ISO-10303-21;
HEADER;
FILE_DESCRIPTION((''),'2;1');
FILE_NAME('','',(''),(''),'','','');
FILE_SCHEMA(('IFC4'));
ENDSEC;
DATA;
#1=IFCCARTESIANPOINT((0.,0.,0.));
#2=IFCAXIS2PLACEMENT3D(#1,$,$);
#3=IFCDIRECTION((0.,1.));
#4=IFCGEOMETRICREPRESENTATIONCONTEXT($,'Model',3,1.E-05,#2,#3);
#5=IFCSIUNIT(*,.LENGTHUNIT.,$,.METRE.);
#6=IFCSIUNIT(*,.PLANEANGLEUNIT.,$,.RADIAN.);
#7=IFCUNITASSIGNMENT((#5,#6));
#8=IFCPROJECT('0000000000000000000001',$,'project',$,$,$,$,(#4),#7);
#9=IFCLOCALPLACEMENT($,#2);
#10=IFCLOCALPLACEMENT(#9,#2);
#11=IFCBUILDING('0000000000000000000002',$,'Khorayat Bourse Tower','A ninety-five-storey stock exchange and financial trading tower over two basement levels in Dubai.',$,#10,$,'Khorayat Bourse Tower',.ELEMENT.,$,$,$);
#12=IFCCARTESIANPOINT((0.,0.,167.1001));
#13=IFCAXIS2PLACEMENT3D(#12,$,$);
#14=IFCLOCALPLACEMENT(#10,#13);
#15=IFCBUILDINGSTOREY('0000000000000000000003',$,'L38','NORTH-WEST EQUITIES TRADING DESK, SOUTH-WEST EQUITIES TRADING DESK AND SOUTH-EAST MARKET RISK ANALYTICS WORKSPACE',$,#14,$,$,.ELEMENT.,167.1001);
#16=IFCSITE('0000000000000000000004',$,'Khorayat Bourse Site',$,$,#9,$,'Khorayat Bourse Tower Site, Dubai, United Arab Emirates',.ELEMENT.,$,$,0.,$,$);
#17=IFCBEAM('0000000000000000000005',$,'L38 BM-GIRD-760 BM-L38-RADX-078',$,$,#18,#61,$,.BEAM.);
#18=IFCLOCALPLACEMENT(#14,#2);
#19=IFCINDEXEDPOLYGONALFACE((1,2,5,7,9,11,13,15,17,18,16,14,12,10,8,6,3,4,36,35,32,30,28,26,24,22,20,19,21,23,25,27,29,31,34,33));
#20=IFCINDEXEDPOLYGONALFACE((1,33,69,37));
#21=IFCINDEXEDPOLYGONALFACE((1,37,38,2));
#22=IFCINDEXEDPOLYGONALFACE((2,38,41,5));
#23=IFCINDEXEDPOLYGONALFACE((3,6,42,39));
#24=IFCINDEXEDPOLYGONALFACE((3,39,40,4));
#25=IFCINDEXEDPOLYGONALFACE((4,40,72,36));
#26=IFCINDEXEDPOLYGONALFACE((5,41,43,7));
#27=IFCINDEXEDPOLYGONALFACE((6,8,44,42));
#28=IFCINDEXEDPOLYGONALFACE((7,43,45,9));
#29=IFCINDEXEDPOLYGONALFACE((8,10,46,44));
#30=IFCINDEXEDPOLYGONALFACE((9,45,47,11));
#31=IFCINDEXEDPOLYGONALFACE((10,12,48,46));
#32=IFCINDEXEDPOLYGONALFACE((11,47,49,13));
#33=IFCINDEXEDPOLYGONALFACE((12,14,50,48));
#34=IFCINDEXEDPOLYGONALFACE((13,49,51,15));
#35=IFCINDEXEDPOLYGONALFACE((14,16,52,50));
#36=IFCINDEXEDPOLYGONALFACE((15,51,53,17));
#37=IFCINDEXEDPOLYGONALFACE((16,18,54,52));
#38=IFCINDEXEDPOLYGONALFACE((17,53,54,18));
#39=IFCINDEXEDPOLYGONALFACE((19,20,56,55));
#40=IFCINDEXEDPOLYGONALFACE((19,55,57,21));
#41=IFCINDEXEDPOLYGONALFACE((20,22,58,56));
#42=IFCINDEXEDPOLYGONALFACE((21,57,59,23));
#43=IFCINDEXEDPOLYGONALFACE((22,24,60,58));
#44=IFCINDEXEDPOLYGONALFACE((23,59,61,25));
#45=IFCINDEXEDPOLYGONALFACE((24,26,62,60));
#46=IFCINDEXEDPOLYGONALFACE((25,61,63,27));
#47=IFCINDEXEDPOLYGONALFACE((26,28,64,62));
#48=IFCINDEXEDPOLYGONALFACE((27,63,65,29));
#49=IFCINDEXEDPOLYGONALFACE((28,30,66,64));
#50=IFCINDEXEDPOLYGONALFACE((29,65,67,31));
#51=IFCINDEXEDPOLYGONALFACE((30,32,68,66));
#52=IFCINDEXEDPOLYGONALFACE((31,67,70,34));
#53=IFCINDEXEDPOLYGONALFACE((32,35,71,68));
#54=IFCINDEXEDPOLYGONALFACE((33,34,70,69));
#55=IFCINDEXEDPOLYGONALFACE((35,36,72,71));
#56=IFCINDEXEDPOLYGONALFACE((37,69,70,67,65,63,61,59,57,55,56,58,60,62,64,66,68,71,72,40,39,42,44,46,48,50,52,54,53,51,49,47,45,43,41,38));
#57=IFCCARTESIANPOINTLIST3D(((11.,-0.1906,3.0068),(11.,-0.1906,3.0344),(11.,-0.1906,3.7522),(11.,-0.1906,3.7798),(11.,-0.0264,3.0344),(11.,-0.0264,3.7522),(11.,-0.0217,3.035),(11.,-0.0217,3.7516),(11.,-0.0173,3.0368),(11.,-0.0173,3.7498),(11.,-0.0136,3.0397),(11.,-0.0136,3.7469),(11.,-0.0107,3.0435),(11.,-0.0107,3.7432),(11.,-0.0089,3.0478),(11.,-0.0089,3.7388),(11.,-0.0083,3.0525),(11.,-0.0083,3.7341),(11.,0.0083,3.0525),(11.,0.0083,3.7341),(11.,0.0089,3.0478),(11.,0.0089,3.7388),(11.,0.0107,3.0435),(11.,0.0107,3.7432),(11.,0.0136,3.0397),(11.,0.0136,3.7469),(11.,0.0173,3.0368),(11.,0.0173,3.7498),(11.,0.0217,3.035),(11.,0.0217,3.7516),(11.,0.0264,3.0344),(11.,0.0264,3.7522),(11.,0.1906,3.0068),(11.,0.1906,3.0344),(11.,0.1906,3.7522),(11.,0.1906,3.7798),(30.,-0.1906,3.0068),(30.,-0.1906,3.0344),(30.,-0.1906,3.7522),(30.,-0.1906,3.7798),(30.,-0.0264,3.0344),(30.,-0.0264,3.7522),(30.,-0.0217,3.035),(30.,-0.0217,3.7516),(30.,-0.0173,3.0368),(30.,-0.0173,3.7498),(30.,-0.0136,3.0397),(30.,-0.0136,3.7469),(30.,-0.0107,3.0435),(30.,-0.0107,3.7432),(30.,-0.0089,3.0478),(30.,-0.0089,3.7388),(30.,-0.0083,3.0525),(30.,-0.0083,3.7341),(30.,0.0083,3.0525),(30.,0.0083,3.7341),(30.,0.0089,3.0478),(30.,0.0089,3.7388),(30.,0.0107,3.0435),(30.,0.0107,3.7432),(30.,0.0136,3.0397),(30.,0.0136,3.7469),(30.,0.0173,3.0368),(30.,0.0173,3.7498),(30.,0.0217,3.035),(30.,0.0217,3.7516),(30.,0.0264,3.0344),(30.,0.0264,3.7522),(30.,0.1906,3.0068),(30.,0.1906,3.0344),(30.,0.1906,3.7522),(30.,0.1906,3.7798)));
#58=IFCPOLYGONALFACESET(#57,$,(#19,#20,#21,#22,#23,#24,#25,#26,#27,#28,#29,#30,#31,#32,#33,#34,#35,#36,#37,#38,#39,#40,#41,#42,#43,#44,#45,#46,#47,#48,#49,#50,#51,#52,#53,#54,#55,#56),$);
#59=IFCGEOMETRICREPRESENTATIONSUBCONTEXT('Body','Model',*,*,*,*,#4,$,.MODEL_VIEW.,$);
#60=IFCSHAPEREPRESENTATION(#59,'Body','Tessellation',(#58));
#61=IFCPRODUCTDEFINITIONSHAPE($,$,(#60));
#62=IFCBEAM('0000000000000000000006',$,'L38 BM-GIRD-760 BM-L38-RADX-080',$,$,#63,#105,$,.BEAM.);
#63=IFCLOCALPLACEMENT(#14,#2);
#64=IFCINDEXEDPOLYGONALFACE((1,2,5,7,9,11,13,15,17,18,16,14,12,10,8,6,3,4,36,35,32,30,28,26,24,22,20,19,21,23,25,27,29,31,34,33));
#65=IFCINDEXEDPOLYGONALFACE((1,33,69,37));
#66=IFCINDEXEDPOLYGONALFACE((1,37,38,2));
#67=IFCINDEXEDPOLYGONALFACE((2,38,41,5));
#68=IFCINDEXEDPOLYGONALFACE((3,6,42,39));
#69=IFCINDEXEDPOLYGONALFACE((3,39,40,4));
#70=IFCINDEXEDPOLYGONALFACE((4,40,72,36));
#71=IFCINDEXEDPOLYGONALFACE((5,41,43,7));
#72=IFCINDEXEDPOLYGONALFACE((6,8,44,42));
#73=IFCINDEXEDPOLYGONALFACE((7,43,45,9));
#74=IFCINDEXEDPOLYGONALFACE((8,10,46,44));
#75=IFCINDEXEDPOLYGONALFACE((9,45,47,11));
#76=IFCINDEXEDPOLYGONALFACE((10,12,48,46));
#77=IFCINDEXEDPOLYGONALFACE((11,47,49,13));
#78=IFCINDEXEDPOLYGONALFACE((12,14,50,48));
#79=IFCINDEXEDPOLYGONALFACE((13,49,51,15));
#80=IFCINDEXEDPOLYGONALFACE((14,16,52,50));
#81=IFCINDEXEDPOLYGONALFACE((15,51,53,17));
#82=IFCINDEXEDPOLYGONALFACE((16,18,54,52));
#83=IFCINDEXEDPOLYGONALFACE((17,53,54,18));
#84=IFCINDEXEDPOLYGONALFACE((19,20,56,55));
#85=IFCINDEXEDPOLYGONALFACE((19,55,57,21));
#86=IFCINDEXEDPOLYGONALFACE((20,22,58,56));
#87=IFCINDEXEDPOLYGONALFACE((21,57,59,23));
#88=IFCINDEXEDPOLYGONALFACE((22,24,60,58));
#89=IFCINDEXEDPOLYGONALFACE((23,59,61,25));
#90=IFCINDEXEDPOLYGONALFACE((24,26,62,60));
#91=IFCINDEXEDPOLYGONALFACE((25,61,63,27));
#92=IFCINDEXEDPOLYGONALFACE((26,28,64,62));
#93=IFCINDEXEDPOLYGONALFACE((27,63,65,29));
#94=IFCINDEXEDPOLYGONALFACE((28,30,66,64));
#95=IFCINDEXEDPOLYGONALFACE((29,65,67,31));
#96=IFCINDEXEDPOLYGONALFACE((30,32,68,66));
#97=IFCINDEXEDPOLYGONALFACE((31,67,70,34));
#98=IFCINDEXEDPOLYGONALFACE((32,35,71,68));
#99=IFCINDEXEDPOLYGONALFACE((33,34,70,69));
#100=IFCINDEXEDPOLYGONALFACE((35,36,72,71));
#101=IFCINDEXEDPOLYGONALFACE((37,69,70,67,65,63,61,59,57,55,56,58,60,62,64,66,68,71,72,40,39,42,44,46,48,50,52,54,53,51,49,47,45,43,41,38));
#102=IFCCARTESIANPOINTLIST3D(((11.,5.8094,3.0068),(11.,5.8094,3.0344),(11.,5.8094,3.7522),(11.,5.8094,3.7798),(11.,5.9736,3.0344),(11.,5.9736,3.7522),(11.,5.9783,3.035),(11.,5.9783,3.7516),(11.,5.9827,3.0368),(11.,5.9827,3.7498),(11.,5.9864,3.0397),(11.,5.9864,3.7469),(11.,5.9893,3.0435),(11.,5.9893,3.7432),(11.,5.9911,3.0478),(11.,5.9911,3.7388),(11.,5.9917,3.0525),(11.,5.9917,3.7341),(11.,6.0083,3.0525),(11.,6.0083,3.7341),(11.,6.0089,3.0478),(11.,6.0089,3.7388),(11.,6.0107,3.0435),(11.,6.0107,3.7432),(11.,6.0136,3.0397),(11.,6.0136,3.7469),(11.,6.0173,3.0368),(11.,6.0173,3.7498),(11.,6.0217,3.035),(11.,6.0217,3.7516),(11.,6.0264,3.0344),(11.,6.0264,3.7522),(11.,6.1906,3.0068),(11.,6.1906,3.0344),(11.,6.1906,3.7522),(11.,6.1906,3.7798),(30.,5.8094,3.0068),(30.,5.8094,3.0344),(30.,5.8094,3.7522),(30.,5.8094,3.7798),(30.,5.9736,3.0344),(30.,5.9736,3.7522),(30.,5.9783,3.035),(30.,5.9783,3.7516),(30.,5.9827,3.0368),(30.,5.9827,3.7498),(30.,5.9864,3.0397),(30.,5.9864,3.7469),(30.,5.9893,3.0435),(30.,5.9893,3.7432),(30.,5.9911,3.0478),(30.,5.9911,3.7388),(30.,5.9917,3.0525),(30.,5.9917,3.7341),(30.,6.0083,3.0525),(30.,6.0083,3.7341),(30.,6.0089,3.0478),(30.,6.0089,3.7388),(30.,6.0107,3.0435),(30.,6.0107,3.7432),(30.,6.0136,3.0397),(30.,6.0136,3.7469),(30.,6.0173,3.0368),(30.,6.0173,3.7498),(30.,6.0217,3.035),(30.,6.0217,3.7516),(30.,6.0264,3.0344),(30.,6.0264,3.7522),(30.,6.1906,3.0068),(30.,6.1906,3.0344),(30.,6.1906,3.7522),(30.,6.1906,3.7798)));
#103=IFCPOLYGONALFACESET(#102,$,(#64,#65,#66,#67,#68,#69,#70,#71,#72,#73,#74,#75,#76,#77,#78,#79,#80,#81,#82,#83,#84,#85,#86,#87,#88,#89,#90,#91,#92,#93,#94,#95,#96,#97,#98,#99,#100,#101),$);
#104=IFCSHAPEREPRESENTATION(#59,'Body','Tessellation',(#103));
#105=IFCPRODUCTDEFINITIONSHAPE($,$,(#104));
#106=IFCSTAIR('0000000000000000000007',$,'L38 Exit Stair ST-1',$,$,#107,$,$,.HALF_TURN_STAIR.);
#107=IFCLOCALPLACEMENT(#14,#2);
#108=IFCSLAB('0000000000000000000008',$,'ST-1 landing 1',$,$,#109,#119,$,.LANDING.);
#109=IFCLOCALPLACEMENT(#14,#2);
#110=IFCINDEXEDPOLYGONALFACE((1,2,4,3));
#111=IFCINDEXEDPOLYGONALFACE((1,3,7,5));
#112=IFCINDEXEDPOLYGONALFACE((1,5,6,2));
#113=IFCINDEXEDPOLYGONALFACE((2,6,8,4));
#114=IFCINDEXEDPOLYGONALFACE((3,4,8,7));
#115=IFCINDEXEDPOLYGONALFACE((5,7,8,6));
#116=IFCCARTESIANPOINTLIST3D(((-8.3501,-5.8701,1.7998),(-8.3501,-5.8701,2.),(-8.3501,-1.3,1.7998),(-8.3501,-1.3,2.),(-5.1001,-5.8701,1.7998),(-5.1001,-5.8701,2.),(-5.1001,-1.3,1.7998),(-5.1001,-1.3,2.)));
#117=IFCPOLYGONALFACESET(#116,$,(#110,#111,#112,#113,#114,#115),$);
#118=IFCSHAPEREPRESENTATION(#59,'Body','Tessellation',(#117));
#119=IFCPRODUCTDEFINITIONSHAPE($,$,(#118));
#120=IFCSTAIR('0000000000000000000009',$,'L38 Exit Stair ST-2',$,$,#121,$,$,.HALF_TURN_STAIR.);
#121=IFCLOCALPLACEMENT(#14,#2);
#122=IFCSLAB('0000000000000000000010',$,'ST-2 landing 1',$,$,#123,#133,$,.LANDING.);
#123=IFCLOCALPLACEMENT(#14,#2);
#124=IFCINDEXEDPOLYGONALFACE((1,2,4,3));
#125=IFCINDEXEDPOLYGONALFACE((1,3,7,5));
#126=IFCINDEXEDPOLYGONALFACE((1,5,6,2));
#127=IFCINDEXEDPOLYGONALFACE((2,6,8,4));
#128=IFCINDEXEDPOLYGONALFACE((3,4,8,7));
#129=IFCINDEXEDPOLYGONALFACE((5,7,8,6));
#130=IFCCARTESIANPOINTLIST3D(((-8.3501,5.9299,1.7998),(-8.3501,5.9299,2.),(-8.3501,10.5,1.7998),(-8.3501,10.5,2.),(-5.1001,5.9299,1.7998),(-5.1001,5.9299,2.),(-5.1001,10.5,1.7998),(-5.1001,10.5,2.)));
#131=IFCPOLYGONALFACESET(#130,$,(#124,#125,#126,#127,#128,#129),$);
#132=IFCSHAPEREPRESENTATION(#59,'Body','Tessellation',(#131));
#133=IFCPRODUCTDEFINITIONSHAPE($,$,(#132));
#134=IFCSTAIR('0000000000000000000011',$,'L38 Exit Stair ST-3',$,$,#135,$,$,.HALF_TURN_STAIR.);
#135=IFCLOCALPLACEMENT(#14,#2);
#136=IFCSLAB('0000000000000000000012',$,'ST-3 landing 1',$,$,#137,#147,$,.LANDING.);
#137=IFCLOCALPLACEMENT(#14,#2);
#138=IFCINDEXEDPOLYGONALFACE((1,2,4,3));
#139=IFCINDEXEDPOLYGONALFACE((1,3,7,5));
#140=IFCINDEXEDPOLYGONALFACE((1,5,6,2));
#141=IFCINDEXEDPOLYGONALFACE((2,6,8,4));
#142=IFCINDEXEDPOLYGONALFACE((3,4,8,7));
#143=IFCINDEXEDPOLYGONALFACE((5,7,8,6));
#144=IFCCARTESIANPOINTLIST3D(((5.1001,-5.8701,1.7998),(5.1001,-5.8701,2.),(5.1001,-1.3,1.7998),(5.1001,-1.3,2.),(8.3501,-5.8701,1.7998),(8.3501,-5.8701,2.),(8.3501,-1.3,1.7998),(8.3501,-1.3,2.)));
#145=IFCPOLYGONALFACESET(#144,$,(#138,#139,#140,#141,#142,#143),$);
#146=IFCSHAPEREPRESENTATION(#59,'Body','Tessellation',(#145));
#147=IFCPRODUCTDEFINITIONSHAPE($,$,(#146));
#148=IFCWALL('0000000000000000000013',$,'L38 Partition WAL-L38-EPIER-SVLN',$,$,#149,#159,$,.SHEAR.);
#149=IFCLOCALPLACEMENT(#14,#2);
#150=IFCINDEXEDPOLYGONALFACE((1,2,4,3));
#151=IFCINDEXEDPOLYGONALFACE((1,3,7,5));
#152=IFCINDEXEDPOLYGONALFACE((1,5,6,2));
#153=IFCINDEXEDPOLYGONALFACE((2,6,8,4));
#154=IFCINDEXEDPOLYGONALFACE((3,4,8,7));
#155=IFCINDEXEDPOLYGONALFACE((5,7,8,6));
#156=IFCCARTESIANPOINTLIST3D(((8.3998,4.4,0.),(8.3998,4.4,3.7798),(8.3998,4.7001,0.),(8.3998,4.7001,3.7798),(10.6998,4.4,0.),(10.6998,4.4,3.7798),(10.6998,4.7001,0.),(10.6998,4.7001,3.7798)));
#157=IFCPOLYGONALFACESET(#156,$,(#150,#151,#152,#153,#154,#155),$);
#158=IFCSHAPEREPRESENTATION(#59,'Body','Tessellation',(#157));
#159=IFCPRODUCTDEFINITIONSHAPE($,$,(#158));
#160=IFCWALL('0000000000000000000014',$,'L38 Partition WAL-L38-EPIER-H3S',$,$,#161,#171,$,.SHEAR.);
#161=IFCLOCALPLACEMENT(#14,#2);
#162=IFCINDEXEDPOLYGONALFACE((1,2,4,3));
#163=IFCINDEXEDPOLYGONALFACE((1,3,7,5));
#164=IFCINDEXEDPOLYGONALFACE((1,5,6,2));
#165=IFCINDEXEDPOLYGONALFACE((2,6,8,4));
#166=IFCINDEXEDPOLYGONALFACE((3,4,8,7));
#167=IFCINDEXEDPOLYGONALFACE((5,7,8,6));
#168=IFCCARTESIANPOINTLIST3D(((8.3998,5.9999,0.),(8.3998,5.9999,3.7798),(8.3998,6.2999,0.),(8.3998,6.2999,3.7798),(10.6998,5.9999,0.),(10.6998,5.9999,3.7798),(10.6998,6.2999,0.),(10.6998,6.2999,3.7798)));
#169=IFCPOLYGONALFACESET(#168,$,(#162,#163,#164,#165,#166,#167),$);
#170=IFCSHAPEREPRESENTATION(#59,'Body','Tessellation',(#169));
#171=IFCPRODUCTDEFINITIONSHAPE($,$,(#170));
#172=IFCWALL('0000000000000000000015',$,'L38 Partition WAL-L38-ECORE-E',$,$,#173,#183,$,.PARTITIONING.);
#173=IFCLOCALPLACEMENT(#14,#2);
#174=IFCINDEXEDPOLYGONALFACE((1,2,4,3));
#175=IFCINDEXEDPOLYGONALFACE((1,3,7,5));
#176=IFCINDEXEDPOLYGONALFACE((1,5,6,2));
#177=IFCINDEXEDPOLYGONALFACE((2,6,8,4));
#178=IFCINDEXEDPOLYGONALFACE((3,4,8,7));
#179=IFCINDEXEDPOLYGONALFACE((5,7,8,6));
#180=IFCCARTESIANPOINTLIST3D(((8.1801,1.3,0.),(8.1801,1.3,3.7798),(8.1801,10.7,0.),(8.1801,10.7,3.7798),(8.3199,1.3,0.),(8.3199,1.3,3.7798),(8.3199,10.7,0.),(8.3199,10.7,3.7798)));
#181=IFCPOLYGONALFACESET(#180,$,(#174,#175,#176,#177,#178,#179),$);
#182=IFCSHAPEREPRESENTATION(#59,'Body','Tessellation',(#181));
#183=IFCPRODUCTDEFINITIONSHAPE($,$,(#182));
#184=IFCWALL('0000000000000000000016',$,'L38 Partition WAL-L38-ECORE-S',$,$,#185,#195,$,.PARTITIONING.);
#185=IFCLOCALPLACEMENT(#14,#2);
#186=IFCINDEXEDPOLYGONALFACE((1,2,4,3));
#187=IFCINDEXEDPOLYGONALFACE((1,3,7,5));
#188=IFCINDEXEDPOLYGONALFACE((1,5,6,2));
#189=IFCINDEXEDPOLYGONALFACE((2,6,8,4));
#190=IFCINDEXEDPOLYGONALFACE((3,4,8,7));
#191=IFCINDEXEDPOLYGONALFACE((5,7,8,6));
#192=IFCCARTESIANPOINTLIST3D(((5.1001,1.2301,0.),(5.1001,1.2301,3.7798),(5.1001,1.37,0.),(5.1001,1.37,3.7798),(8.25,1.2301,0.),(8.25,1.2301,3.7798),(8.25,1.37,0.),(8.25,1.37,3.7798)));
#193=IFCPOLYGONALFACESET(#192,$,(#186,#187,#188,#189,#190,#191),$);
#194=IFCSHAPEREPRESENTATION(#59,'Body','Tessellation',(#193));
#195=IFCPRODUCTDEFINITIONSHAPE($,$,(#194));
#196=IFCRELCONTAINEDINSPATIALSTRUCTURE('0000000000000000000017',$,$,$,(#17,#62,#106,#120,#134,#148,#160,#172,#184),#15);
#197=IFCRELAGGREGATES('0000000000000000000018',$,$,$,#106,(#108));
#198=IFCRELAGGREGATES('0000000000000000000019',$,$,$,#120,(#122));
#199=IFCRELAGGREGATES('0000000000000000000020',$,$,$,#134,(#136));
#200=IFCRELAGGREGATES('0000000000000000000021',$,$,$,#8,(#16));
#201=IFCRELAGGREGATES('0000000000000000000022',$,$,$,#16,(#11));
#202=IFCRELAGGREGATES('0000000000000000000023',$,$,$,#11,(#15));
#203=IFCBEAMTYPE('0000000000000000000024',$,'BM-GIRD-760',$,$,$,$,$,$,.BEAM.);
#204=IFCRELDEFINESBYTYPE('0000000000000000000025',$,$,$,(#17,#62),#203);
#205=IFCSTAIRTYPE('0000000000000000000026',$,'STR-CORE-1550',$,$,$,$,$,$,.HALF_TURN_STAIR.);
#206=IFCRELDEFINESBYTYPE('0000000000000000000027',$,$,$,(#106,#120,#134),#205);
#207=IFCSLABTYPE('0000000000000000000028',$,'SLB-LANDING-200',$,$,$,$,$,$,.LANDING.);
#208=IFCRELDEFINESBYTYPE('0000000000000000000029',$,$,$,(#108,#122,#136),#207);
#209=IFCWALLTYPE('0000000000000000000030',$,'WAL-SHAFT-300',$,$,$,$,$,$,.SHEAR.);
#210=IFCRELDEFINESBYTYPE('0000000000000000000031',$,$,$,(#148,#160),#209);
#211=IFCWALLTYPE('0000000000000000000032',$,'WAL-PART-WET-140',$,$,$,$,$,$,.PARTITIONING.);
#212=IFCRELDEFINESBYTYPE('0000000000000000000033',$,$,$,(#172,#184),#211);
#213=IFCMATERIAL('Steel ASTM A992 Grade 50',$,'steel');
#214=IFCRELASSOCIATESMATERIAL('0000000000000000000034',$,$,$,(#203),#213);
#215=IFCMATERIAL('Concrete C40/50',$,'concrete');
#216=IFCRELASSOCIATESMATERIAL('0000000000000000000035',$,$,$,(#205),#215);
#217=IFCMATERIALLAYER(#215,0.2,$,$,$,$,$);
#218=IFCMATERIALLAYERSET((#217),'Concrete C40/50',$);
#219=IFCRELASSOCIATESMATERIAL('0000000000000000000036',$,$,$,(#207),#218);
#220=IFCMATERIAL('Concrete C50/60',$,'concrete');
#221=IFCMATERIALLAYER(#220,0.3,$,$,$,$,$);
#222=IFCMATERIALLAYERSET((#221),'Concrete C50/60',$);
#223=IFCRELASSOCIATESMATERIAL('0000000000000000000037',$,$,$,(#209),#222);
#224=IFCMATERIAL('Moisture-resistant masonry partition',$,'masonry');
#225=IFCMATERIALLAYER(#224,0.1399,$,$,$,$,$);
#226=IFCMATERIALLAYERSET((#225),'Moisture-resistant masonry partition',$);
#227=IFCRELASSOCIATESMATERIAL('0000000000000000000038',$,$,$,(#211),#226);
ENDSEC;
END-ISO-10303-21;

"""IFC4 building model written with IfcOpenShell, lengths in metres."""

from ifc_helpers import new_model, si_unit, direction, frame, frame_2d, origin, origin_2d, place, context, subcontext, project, spatial, polyline, rectangle, i_section, outline, extrude, source, transform, mapped, material, layer, layer_set, material_profile, profile_set, type_object, element, aggregate, save


model = new_model("IFC4")

# Units and contexts
model_context = context("Model", 3, precision=1e-05, world=origin(), true_north=direction((0.0, 1.0)))
body_context = subcontext(model_context, "Body", "Model", "MODEL_VIEW")
ifc_project = project(units=[si_unit("LENGTHUNIT", "METRE"), si_unit("PLANEANGLEUNIT", "RADIAN")], contexts=[model_context])

# Site, building, storey
site_placement = place(None, origin())
site = spatial("IfcSite", under=ifc_project, at=site_placement, Name="Khorayat Bourse Site", LongName="Khorayat Bourse Tower Site, Dubai, United Arab Emirates", CompositionType="ELEMENT", RefElevation=0.0)
building_placement = place(site_placement, origin())
building = spatial("IfcBuilding", under=site, at=building_placement, Name="Khorayat Bourse Tower", Description="A ninety-five-storey stock exchange and financial trading tower over two basement levels in Dubai.", LongName="Khorayat Bourse Tower", CompositionType="ELEMENT")
storey_placement = place(building_placement, frame((0.0, 0.0, 167.1001)))
storey = spatial("IfcBuildingStorey", under=building, at=storey_placement, Name="L38", Description="NORTH-WEST EQUITIES TRADING DESK, SOUTH-WEST EQUITIES TRADING DESK AND SOUTH-EAST MARKET RISK ANALYTICS WORKSPACE", CompositionType="ELEMENT", Elevation=167.1001)

# Beams
ifc_material_1 = material(Name="Steel ASTM A992 Grade 50", Category="steel")
ifc_material_profile_1 = material_profile(ifc_material_1, i_section(OverallWidth=0.3811, OverallDepth=0.7729, WebThickness=0.0166, FlangeThickness=0.0276, FilletRadius=0.0181, at=origin_2d()), Name="W760X257")
ifc_profile_set_1 = profile_set([ifc_material_profile_1], Name="Steel ASTM A992 Grade 50")
beam_type_1 = type_object("IfcBeamType", Name="BM-GIRD-760", PredefinedType="BEAM", material=ifc_profile_set_1)
shared_shape_1 = source(origin(), body_context, "Body", "SweptSolid", [
    extrude(i_section(OverallWidth=0.3811, OverallDepth=0.7729, WebThickness=0.0166, FlangeThickness=0.0276, FilletRadius=0.0181, at=origin_2d()), origin(), (0.0, 0.0, 1.0), 19.0),
])
for number, where, z_axis, x_axis, name in (
    (1, (11.0, 0.0, 3.3933), (1.0, 0.0, 0.0), (0.0, 1.0, 0.0), "L38 BM-GIRD-760 BM-L38-RADX-078"),
    (2, (11.0, 6.0, 3.3933), (1.0, 0.0, 0.0), (0.0, 1.0, 0.0), "L38 BM-GIRD-760 BM-L38-RADX-080"),
):
    element("IfcBeam", number, at=place(storey_placement, frame(where, z_axis=z_axis, x_axis=x_axis)), inside=storey, type_object=beam_type_1, Name=name, PredefinedType="BEAM", context=body_context, shape_type="MappedRepresentation", body=[
        mapped(shared_shape_1, transform((0.0, 0.0, 0.0), scale=1.0)),
    ])

# Stairs, slabs
ifc_material_2 = material(Name="Concrete C40/50", Category="concrete")
stair_type = type_object("IfcStairType", Name="STR-CORE-1550", PredefinedType="HALF_TURN_STAIR", material=ifc_material_2)
stair_1_placement = place(storey_placement, origin())
stair_1 = element("IfcStair", 3, at=stair_1_placement, inside=storey, type_object=stair_type, Name="L38 Exit Stair ST-1", PredefinedType="HALF_TURN_STAIR")
ifc_layer_1 = layer(ifc_material_2, 0.2)
ifc_layer_set_1 = layer_set([ifc_layer_1], Name="Concrete C40/50")
slab_type = type_object("IfcSlabType", Name="SLB-LANDING-200", PredefinedType="LANDING", material=ifc_layer_set_1)
slab_1_placement = place(storey_placement, frame((0.0, 0.0, 1.7998)))
slab_1 = element("IfcSlab", 4, at=slab_1_placement, type_object=slab_type, Name="ST-1 landing 1", PredefinedType="LANDING", context=body_context, shape_type="SweptSolid", body=[
    extrude(outline(polyline([(-5.1001, -5.8701), (-5.1001, -1.3), (-8.3501, -1.3), (-8.3501, -5.8701), (-5.1001, -5.8701)])), origin(), (0.0, 0.0, 1.0), 0.2002),
])
aggregate(stair_1, [slab_1])
stair_2_placement = place(storey_placement, origin())
stair_2 = element("IfcStair", 5, at=stair_2_placement, inside=storey, type_object=stair_type, Name="L38 Exit Stair ST-2", PredefinedType="HALF_TURN_STAIR")
slab_2_placement = place(storey_placement, frame((0.0, 0.0, 1.7998)))
slab_2 = element("IfcSlab", 6, at=slab_2_placement, type_object=slab_type, Name="ST-2 landing 1", PredefinedType="LANDING", context=body_context, shape_type="SweptSolid", body=[
    extrude(outline(polyline([(-5.1001, 5.9299), (-5.1001, 10.5), (-8.3501, 10.5), (-8.3501, 5.9299), (-5.1001, 5.9299)])), origin(), (0.0, 0.0, 1.0), 0.2002),
])
aggregate(stair_2, [slab_2])
stair_3_placement = place(storey_placement, origin())
stair_3 = element("IfcStair", 7, at=stair_3_placement, inside=storey, type_object=stair_type, Name="L38 Exit Stair ST-3", PredefinedType="HALF_TURN_STAIR")
slab_3_placement = place(storey_placement, frame((0.0, 0.0, 1.7998)))
slab_3 = element("IfcSlab", 8, at=slab_3_placement, type_object=slab_type, Name="ST-3 landing 1", PredefinedType="LANDING", context=body_context, shape_type="SweptSolid", body=[
    extrude(outline(polyline([(8.3501, -5.8701), (8.3501, -1.3), (5.1001, -1.3), (5.1001, -5.8701), (8.3501, -5.8701)])), origin(), (0.0, 0.0, 1.0), 0.2002),
])
aggregate(stair_3, [slab_3])

# Walls
ifc_material_3 = material(Name="Concrete C50/60", Category="concrete")
ifc_layer_2 = layer(ifc_material_3, 0.3)
ifc_layer_set_2 = layer_set([ifc_layer_2], Name="Concrete C50/60")
wall_type_1 = type_object("IfcWallType", Name="WAL-SHAFT-300", PredefinedType="SHEAR", material=ifc_layer_set_2)
shared_shape_2 = source(origin(), body_context, "Body", "SweptSolid", [
    extrude(rectangle(XDim=2.3, YDim=0.3, at=frame_2d((1.1499, 0.0))), origin(), (0.0, 0.0, 1.0), 3.7798),
])
for number, where, z_axis, x_axis, name in (
    (9, (8.3999, 4.55, 0.0), (0.0, 0.0, 1.0), (1.0, 0.0, 0.0), "L38 Partition WAL-L38-EPIER-SVLN"),
    (10, (8.3999, 6.1499, 0.0), (0.0, 0.0, 1.0), (1.0, 0.0, 0.0), "L38 Partition WAL-L38-EPIER-H3S"),
):
    element("IfcWall", number, at=place(storey_placement, frame(where, z_axis=z_axis, x_axis=x_axis)), inside=storey, type_object=wall_type_1, Name=name, PredefinedType="SHEAR", context=body_context, shape_type="MappedRepresentation", body=[
        mapped(shared_shape_2, transform((0.0, 0.0, 0.0), scale=1.0)),
    ])
ifc_material_4 = material(Name="Moisture-resistant masonry partition", Category="masonry")
ifc_layer_3 = layer(ifc_material_4, 0.1399)
ifc_layer_set_3 = layer_set([ifc_layer_3], Name="Moisture-resistant masonry partition")
wall_type_2 = type_object("IfcWallType", Name="WAL-PART-WET-140", PredefinedType="PARTITIONING", material=ifc_layer_set_3)
shared_shape_3 = source(origin(), body_context, "Body", "SweptSolid", [
    extrude(rectangle(XDim=9.3999, YDim=0.1399, at=frame_2d((4.7, 0.0))), origin(), (0.0, 0.0, 1.0), 3.7798),
])
wall_1_placement = place(storey_placement, frame((8.25, 1.3, 0.0), z_axis=(0.0, 0.0, 1.0), x_axis=(0.0, 1.0, 0.0)))
element("IfcWall", 11, at=wall_1_placement, inside=storey, type_object=wall_type_2, Name="L38 Partition WAL-L38-ECORE-E", PredefinedType="PARTITIONING", context=body_context, shape_type="MappedRepresentation", body=[
    mapped(shared_shape_3, transform((0.0, 0.0, 0.0), scale=1.0)),
])
shared_shape_4 = source(origin(), body_context, "Body", "SweptSolid", [
    extrude(rectangle(XDim=3.1499, YDim=0.1399, at=frame_2d((1.575, 0.0))), origin(), (0.0, 0.0, 1.0), 3.7798),
])
wall_2_placement = place(storey_placement, frame((5.1001, 1.3, 0.0), z_axis=(0.0, 0.0, 1.0), x_axis=(1.0, 0.0, 0.0)))
element("IfcWall", 12, at=wall_2_placement, inside=storey, type_object=wall_type_2, Name="L38 Partition WAL-L38-ECORE-S", PredefinedType="PARTITIONING", context=body_context, shape_type="MappedRepresentation", body=[
    mapped(shared_shape_4, transform((0.0, 0.0, 0.0), scale=1.0)),
])

save(model, "model.ifc")
